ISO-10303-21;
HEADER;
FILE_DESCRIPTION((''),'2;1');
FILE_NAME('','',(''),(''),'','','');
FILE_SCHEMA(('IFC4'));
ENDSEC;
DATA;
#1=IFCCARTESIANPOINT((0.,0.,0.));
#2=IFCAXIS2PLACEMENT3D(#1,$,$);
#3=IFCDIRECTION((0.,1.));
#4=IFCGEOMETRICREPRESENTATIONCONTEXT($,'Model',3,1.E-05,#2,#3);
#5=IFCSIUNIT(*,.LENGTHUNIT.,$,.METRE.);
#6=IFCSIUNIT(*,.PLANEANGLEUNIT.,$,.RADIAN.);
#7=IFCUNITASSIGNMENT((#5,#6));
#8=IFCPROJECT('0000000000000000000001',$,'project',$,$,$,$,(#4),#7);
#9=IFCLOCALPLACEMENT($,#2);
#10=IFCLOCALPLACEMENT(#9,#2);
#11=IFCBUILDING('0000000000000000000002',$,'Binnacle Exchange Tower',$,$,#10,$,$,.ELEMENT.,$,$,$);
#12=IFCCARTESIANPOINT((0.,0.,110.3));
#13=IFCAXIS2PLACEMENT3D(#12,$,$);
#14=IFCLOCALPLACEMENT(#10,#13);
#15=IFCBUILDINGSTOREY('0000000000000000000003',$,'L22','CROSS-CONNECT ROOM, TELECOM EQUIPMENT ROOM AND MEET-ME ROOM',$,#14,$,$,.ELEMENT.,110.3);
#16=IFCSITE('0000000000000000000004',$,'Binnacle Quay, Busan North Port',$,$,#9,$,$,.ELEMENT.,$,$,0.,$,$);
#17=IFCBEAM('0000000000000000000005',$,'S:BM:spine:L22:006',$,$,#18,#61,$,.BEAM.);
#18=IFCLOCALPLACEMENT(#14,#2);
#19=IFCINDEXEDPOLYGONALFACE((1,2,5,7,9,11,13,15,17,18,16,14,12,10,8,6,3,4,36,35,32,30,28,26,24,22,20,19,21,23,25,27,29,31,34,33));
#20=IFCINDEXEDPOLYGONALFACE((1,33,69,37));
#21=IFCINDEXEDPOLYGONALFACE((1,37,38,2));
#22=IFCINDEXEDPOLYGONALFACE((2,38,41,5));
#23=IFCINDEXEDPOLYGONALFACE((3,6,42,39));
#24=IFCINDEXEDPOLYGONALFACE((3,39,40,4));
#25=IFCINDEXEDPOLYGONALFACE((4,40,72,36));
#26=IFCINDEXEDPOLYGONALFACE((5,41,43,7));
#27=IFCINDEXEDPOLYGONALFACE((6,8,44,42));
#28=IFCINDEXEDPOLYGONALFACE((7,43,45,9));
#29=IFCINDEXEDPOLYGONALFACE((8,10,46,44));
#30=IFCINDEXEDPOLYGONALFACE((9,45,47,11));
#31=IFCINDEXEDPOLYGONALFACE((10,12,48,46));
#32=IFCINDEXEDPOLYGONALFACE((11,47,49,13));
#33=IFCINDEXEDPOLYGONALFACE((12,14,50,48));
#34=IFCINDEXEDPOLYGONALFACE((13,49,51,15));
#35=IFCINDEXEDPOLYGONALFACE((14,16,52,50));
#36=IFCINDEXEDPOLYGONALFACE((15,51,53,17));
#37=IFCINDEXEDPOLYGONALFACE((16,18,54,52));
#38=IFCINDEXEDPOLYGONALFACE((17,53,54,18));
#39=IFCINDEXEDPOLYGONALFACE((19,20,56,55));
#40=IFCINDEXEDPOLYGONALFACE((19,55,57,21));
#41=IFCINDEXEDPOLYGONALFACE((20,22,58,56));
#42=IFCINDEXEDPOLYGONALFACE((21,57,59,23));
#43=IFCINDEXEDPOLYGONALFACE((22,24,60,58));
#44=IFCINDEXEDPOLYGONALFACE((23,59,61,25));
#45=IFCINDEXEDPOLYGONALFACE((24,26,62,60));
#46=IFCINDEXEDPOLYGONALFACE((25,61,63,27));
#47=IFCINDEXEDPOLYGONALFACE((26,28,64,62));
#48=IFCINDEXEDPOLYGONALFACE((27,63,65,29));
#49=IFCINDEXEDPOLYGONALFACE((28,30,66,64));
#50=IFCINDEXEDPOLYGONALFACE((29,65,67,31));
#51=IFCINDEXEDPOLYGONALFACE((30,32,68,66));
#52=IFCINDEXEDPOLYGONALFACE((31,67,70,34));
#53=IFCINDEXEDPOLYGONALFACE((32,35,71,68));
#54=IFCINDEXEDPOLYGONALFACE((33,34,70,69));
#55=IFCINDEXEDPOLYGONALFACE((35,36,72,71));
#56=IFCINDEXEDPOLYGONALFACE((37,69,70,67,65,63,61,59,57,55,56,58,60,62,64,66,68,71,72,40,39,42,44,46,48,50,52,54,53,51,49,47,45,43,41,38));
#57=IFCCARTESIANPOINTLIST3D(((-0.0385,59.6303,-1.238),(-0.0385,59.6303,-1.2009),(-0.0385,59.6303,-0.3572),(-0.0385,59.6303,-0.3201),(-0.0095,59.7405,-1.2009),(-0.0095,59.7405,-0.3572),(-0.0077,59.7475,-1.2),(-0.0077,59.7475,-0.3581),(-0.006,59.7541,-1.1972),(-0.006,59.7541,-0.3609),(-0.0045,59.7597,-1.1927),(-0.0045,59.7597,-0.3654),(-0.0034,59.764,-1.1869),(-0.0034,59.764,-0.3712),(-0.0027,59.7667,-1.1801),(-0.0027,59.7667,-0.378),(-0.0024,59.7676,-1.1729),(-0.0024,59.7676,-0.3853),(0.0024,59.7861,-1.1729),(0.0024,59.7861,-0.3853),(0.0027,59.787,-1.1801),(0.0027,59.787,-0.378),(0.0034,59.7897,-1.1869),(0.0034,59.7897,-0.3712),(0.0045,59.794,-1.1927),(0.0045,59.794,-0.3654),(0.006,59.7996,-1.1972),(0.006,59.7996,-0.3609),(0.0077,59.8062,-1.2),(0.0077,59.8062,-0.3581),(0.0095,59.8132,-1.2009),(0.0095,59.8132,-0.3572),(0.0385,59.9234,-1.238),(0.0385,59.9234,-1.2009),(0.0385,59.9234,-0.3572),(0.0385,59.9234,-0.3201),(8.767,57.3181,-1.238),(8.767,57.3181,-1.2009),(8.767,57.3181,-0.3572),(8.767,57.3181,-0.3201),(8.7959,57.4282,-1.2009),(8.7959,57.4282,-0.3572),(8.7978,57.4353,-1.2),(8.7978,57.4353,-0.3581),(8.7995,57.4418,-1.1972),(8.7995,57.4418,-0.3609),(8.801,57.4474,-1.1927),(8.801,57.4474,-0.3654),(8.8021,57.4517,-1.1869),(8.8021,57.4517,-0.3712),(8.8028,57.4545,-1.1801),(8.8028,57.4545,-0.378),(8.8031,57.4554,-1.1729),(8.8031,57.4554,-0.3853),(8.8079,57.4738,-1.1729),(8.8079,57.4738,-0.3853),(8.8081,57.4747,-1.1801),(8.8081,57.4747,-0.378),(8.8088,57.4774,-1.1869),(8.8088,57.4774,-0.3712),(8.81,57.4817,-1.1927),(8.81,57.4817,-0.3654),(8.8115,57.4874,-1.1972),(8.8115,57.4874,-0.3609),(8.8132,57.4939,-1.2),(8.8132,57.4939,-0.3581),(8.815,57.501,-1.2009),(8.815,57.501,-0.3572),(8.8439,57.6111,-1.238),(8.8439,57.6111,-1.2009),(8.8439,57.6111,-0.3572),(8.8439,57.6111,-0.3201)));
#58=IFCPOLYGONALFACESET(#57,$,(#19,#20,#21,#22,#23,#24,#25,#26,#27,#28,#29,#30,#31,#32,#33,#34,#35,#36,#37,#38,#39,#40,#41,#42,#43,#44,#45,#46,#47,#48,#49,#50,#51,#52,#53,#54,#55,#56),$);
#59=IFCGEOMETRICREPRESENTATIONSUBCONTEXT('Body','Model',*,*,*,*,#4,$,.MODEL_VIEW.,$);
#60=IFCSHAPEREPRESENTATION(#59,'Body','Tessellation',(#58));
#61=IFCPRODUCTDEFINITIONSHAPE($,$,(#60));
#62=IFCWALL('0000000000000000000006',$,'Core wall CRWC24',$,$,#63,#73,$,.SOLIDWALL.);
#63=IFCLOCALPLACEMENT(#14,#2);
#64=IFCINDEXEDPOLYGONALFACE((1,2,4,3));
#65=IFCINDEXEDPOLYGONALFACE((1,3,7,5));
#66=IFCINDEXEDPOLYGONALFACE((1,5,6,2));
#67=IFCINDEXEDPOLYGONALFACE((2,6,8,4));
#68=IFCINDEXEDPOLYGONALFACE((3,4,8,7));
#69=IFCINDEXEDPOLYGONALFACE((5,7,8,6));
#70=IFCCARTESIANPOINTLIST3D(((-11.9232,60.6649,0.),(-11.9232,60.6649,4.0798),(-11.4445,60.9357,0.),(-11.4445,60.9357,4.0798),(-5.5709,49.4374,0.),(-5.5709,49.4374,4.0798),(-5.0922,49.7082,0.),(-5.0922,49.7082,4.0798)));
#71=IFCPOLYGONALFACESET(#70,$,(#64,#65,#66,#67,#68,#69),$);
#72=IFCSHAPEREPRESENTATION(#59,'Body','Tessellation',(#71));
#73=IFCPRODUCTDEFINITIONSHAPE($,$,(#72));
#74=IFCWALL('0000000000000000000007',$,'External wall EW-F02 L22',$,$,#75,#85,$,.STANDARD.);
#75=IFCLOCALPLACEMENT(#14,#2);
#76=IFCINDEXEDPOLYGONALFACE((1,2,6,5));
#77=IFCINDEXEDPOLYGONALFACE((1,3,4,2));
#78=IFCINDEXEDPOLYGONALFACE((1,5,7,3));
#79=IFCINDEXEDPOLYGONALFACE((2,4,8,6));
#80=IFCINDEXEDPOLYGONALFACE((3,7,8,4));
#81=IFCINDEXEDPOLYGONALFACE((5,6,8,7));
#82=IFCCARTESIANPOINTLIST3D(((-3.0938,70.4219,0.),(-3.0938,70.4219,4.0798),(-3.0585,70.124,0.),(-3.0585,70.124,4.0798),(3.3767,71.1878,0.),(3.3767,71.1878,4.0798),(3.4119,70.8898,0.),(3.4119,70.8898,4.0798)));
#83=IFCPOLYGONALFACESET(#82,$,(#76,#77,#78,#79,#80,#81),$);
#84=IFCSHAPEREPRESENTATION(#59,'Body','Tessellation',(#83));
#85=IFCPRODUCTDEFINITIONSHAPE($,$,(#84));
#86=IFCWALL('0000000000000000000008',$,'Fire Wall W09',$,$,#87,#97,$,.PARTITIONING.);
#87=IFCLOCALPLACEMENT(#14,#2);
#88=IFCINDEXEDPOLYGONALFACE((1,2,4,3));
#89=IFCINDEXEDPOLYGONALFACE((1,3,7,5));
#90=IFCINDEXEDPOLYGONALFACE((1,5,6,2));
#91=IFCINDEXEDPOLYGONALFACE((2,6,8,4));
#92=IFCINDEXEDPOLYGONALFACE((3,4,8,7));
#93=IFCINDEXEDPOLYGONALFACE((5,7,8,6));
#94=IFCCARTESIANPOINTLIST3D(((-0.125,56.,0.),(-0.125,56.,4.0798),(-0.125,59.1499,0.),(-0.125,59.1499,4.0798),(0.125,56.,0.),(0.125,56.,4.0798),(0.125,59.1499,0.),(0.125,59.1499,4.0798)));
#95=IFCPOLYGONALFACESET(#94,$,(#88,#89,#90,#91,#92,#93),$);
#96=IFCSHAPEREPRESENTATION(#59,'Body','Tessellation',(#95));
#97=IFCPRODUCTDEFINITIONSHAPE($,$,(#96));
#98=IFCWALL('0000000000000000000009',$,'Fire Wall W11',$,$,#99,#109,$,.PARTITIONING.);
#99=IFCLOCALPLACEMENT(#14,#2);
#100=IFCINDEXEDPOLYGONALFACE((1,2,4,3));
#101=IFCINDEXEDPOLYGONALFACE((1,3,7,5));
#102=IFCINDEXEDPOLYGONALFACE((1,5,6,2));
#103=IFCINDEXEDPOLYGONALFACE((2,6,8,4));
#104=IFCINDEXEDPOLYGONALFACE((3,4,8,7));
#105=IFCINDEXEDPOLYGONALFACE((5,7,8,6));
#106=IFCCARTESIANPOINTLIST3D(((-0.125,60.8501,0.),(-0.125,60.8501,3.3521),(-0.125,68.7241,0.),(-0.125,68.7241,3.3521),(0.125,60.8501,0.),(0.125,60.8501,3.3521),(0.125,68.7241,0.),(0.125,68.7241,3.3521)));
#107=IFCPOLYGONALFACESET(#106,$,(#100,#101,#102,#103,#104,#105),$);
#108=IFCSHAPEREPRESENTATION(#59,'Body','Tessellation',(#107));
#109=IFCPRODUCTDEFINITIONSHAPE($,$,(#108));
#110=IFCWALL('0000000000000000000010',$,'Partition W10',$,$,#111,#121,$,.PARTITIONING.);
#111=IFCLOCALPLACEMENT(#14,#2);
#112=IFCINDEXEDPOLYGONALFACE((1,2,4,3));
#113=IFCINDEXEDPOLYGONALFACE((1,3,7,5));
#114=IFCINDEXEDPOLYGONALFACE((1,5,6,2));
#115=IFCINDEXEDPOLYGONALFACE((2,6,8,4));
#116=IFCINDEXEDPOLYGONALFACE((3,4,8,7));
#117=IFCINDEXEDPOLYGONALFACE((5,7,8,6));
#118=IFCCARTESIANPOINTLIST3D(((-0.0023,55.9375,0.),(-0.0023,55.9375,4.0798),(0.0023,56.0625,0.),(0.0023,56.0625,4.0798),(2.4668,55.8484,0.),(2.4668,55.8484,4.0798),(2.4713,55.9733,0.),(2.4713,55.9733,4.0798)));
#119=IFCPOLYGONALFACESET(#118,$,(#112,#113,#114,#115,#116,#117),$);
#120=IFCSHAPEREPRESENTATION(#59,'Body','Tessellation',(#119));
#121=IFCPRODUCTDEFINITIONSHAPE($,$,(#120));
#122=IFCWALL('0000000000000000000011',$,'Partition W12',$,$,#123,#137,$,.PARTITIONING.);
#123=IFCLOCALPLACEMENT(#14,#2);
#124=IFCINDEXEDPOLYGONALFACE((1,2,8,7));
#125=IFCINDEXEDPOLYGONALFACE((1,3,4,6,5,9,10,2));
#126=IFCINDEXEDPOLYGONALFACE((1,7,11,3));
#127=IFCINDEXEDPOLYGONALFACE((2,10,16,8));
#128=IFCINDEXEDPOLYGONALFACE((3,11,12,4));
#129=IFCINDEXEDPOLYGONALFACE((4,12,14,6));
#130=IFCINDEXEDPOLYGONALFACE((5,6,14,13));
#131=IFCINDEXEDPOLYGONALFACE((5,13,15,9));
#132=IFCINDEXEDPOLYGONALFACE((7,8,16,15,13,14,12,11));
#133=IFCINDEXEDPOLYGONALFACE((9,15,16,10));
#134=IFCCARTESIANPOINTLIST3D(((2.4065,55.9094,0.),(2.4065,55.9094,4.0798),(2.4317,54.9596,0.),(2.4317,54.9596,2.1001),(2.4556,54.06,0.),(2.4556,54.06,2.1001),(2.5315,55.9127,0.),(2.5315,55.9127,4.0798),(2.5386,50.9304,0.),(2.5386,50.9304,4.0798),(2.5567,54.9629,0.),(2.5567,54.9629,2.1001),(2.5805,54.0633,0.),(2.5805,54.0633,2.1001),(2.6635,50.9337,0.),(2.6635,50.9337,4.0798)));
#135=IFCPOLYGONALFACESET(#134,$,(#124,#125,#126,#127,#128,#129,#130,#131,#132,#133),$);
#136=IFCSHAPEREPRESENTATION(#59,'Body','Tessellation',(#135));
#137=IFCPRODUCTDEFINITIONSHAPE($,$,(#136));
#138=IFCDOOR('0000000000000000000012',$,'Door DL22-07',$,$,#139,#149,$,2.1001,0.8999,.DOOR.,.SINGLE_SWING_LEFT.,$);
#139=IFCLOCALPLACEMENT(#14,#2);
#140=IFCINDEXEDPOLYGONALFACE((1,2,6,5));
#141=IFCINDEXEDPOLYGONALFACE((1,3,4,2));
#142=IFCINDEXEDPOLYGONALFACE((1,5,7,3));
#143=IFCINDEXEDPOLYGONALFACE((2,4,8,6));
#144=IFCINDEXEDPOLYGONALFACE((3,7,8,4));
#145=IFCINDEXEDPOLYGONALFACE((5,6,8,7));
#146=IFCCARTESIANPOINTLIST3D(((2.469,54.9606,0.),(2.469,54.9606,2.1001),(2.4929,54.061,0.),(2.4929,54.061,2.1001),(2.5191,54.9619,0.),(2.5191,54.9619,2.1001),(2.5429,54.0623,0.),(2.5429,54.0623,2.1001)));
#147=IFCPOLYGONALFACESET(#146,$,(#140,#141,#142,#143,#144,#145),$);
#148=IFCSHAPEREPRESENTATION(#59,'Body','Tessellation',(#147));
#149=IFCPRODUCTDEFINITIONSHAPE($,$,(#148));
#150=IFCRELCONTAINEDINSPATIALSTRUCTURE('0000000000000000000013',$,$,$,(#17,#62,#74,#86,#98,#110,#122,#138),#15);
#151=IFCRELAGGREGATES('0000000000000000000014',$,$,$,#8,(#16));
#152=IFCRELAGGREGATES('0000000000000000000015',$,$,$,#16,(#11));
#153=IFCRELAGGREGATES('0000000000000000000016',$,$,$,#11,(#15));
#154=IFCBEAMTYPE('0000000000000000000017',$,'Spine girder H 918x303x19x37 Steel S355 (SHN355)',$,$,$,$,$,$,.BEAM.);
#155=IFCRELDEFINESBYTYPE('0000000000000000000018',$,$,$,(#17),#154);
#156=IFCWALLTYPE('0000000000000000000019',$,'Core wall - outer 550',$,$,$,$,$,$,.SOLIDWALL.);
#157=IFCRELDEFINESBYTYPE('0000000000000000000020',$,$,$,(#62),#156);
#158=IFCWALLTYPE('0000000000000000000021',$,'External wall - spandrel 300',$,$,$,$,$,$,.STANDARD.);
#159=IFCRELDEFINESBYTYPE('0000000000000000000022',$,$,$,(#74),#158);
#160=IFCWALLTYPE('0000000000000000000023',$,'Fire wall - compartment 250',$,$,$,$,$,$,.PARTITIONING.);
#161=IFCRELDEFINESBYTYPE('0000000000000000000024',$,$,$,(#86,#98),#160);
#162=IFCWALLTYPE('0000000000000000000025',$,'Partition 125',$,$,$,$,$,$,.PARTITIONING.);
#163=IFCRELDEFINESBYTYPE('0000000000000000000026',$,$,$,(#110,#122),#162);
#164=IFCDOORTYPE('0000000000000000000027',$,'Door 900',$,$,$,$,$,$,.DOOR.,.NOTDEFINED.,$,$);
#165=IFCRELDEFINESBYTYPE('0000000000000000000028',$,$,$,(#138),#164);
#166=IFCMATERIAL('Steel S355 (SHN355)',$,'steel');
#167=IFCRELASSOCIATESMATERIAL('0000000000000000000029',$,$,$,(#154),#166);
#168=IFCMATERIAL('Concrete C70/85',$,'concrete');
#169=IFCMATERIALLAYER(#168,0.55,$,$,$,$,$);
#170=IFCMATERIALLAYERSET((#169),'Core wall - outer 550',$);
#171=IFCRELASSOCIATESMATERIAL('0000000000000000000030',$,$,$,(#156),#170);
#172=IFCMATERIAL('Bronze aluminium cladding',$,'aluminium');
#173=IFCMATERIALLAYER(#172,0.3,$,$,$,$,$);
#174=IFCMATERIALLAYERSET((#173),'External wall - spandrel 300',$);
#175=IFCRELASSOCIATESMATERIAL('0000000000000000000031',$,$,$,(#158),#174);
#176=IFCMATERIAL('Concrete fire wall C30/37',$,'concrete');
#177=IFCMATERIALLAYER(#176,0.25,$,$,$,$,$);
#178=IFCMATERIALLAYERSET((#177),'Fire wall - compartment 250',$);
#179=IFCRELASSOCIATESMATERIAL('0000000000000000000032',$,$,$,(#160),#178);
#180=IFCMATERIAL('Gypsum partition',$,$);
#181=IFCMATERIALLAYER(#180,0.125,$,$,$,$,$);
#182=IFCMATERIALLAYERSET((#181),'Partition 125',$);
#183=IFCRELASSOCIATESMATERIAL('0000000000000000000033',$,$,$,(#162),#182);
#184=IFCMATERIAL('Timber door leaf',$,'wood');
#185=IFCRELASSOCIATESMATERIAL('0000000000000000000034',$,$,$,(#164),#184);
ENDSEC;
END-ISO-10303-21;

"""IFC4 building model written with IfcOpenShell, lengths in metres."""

from ifc_helpers import new_model, si_unit, direction, frame, frame_2d, origin, origin_2d, place, context, subcontext, project, spatial, rectangle, i_section, extrude, material, layer, layer_set, material_profile, profile_set, type_object, element, fill, save


model = new_model("IFC4")

# Units and contexts
model_context = context("Model", 3, precision=1e-05, world=origin(), true_north=direction((0.0, 1.0)))
body_context = subcontext(model_context, "Body", "Model", "MODEL_VIEW")
ifc_project = project(units=[si_unit("LENGTHUNIT", "METRE"), si_unit("PLANEANGLEUNIT", "RADIAN")], contexts=[model_context])

# Site, building, storey
site_placement = place(None, origin())
site = spatial("IfcSite", under=ifc_project, at=site_placement, Name="Binnacle Quay, Busan North Port", CompositionType="ELEMENT", RefElevation=0.0)
building_placement = place(site_placement, origin())
building = spatial("IfcBuilding", under=site, at=building_placement, Name="Binnacle Exchange Tower", CompositionType="ELEMENT")
storey_placement = place(building_placement, frame((0.0, 0.0, 110.3)))
storey = spatial("IfcBuildingStorey", under=building, at=storey_placement, Name="L22", Description="CROSS-CONNECT ROOM, TELECOM EQUIPMENT ROOM AND MEET-ME ROOM", CompositionType="ELEMENT", Elevation=110.3)

# Shared definitions
ifc_material_1 = material(Name="Concrete C70/85", Category="concrete")

# Beam
ifc_material_2 = material(Name="Steel S355 (SHN355)", Category="steel")
ifc_material_profile_1 = material_profile(ifc_material_2, i_section(OverallWidth=0.303, OverallDepth=0.918, WebThickness=0.019, FlangeThickness=0.0371, FilletRadius=0.0281, at=origin_2d()), Name="H 918x303x19x37")
ifc_profile_set_1 = profile_set([ifc_material_profile_1], Name="Steel S355 (SHN355)")
beam_type_1 = type_object("IfcBeamType", Name="Spine girder H 918x303x19x37 Steel S355 (SHN355)", PredefinedType="BEAM", material=ifc_profile_set_1)
beam_1_placement = place(storey_placement, frame((0.0, 59.7769, -0.7791), z_axis=(0.967208, -0.253984, 0.0), x_axis=(0.253984, 0.967208, 0.0)))
element("IfcBeam", 1, at=beam_1_placement, inside=storey, type_object=beam_type_1, Name="S:BM:spine:L22:006", PredefinedType="BEAM", context=body_context, shape_type="SweptSolid", body=[
    extrude(i_section(OverallWidth=0.303, OverallDepth=0.918, WebThickness=0.019, FlangeThickness=0.0371, FilletRadius=0.0281, at=origin_2d()), origin(), (0.0, 0.0, 1.0), 9.104),
])

# Walls
ifc_layer_1 = layer(ifc_material_1, 0.55)
ifc_layer_set_1 = layer_set([ifc_layer_1], Name="Core wall - outer 550")
wall_type_1 = type_object("IfcWallType", Name="Core wall - outer 550", PredefinedType="SOLIDWALL", material=ifc_layer_set_1)
wall_1_placement = place(storey_placement, frame((-11.6838, 60.8003, 0.0), z_axis=(0.0, 0.0, 1.0), x_axis=(0.492427, -0.870354, 0.0)))
element("IfcWall", 2, at=wall_1_placement, inside=storey, type_object=wall_type_1, Name="Core wall CRWC24", PredefinedType="SOLIDWALL", context=body_context, shape_type="SweptSolid", body=[
    extrude(rectangle(XDim=12.8999, YDim=0.55, at=frame_2d((6.45, 0.0))), origin(), (0.0, 0.0, 1.0), 4.0798),
])
ifc_material_3 = material(Name="Bronze aluminium cladding", Category="aluminium")
ifc_layer_2 = layer(ifc_material_3, 0.3)
ifc_layer_set_2 = layer_set([ifc_layer_2], Name="External wall - spandrel 300")
wall_type_2 = type_object("IfcWallType", Name="External wall - spandrel 300", PredefinedType="STANDARD", material=ifc_layer_set_2)
wall_2_placement = place(storey_placement, frame((-3.0762, 70.2729, 0.0), z_axis=(0.0, 0.0, 1.0), x_axis=(0.993068, 0.117543, 0.0)))
element("IfcWall", 3, at=wall_2_placement, inside=storey, type_object=wall_type_2, Name="External wall EW-F02 L22", PredefinedType="STANDARD", context=body_context, shape_type="SweptSolid", body=[
    extrude(rectangle(XDim=6.5156, YDim=0.3, at=frame_2d((3.2578, 0.0))), origin(), (0.0, 0.0, 1.0), 4.0798),
])
ifc_material_4 = material(Name="Concrete fire wall C30/37", Category="concrete")
ifc_layer_3 = layer(ifc_material_4, 0.25)
ifc_layer_set_3 = layer_set([ifc_layer_3], Name="Fire wall - compartment 250")
wall_type_3 = type_object("IfcWallType", Name="Fire wall - compartment 250", PredefinedType="PARTITIONING", material=ifc_layer_set_3)
wall_3_placement = place(storey_placement, frame((0.0, 56.0, 0.0), z_axis=(0.0, 0.0, 1.0), x_axis=(0.0, 1.0, 0.0)))
element("IfcWall", 4, at=wall_3_placement, inside=storey, type_object=wall_type_3, Name="Fire Wall W09", PredefinedType="PARTITIONING", context=body_context, shape_type="SweptSolid", body=[
    extrude(rectangle(XDim=3.1499, YDim=0.25, at=frame_2d((1.575, 0.0))), origin(), (0.0, 0.0, 1.0), 4.0798),
])
wall_4_placement = place(storey_placement, frame((0.0, 60.8501, 0.0), z_axis=(0.0, 0.0, 1.0), x_axis=(0.0, 1.0, 0.0)))
element("IfcWall", 5, at=wall_4_placement, inside=storey, type_object=wall_type_3, Name="Fire Wall W11", PredefinedType="PARTITIONING", context=body_context, shape_type="SweptSolid", body=[
    extrude(rectangle(XDim=7.874, YDim=0.25, at=frame_2d((3.937, 0.0))), origin(), (0.0, 0.0, 1.0), 3.3521),
])
ifc_material_5 = material(Name="Gypsum partition")
ifc_layer_4 = layer(ifc_material_5, 0.125)
ifc_layer_set_4 = layer_set([ifc_layer_4], Name="Partition 125")
wall_type_4 = type_object("IfcWallType", Name="Partition 125", PredefinedType="PARTITIONING", material=ifc_layer_set_4)
wall_5_placement = place(storey_placement, frame((0.0, 56.0, 0.0), z_axis=(0.0, 0.0, 1.0), x_axis=(0.999349, -0.036069, 0.0)))
element("IfcWall", 6, at=wall_5_placement, inside=storey, type_object=wall_type_4, Name="Partition W10", PredefinedType="PARTITIONING", context=body_context, shape_type="SweptSolid", body=[
    extrude(rectangle(XDim=2.4707, YDim=0.125, at=frame_2d((1.2354, 0.0))), origin(), (0.0, 0.0, 1.0), 4.0798),
])

# Wall, opening, door
wall_6_placement = place(storey_placement, frame((2.469, 55.9109, 0.0), z_axis=(0.0, 0.0, 1.0), x_axis=(0.026518, -0.999648, 0.0)))
wall_6 = element("IfcWall", 7, at=wall_6_placement, inside=storey, type_object=wall_type_4, Name="Partition W12", PredefinedType="PARTITIONING", context=body_context, shape_type="SweptSolid", body=[
    extrude(rectangle(XDim=4.9807, YDim=0.125, at=frame_2d((2.4902, 0.0))), origin(), (0.0, 0.0, 1.0), 4.0798),
])
opening_placement = place(wall_6_placement, frame((0.95, 0.0, 0.0)))
opening = element("IfcOpeningElement", 8, at=opening_placement, cuts=wall_6, PredefinedType="OPENING", context=body_context, shape_type="SweptSolid", body=[
    extrude(rectangle(XDim=0.8999, YDim=2.1001, at=frame_2d((0.45, 1.05))), frame((0.0, 0.0725, 0.0), z_axis=(0.0, -1.0, 0.0), x_axis=(1.0, 0.0, 0.0)), (0.0, 0.0, 1.0), 0.145),
])
ifc_material_6 = material(Name="Timber door leaf", Category="wood")
door_type = type_object("IfcDoorType", Name="Door 900", OperationType="NOTDEFINED", PredefinedType="DOOR", material=ifc_material_6)
door_placement = place(opening_placement, origin())
door = element("IfcDoor", 9, at=door_placement, inside=storey, type_object=door_type, Name="Door DL22-07", OperationType="SINGLE_SWING_LEFT", OverallHeight=2.1001, OverallWidth=0.8999, PredefinedType="DOOR", context=body_context, shape_type="SweptSolid", body=[
    extrude(rectangle(XDim=0.8999, YDim=2.1001, at=frame_2d((0.45, 1.05))), frame((0.0, 0.0249, 0.0), z_axis=(0.0, -1.0, 0.0), x_axis=(1.0, 0.0, 0.0)), (0.0, 0.0, 1.0), 0.05),
])
fill(opening, door)

save(model, "model.ifc")
